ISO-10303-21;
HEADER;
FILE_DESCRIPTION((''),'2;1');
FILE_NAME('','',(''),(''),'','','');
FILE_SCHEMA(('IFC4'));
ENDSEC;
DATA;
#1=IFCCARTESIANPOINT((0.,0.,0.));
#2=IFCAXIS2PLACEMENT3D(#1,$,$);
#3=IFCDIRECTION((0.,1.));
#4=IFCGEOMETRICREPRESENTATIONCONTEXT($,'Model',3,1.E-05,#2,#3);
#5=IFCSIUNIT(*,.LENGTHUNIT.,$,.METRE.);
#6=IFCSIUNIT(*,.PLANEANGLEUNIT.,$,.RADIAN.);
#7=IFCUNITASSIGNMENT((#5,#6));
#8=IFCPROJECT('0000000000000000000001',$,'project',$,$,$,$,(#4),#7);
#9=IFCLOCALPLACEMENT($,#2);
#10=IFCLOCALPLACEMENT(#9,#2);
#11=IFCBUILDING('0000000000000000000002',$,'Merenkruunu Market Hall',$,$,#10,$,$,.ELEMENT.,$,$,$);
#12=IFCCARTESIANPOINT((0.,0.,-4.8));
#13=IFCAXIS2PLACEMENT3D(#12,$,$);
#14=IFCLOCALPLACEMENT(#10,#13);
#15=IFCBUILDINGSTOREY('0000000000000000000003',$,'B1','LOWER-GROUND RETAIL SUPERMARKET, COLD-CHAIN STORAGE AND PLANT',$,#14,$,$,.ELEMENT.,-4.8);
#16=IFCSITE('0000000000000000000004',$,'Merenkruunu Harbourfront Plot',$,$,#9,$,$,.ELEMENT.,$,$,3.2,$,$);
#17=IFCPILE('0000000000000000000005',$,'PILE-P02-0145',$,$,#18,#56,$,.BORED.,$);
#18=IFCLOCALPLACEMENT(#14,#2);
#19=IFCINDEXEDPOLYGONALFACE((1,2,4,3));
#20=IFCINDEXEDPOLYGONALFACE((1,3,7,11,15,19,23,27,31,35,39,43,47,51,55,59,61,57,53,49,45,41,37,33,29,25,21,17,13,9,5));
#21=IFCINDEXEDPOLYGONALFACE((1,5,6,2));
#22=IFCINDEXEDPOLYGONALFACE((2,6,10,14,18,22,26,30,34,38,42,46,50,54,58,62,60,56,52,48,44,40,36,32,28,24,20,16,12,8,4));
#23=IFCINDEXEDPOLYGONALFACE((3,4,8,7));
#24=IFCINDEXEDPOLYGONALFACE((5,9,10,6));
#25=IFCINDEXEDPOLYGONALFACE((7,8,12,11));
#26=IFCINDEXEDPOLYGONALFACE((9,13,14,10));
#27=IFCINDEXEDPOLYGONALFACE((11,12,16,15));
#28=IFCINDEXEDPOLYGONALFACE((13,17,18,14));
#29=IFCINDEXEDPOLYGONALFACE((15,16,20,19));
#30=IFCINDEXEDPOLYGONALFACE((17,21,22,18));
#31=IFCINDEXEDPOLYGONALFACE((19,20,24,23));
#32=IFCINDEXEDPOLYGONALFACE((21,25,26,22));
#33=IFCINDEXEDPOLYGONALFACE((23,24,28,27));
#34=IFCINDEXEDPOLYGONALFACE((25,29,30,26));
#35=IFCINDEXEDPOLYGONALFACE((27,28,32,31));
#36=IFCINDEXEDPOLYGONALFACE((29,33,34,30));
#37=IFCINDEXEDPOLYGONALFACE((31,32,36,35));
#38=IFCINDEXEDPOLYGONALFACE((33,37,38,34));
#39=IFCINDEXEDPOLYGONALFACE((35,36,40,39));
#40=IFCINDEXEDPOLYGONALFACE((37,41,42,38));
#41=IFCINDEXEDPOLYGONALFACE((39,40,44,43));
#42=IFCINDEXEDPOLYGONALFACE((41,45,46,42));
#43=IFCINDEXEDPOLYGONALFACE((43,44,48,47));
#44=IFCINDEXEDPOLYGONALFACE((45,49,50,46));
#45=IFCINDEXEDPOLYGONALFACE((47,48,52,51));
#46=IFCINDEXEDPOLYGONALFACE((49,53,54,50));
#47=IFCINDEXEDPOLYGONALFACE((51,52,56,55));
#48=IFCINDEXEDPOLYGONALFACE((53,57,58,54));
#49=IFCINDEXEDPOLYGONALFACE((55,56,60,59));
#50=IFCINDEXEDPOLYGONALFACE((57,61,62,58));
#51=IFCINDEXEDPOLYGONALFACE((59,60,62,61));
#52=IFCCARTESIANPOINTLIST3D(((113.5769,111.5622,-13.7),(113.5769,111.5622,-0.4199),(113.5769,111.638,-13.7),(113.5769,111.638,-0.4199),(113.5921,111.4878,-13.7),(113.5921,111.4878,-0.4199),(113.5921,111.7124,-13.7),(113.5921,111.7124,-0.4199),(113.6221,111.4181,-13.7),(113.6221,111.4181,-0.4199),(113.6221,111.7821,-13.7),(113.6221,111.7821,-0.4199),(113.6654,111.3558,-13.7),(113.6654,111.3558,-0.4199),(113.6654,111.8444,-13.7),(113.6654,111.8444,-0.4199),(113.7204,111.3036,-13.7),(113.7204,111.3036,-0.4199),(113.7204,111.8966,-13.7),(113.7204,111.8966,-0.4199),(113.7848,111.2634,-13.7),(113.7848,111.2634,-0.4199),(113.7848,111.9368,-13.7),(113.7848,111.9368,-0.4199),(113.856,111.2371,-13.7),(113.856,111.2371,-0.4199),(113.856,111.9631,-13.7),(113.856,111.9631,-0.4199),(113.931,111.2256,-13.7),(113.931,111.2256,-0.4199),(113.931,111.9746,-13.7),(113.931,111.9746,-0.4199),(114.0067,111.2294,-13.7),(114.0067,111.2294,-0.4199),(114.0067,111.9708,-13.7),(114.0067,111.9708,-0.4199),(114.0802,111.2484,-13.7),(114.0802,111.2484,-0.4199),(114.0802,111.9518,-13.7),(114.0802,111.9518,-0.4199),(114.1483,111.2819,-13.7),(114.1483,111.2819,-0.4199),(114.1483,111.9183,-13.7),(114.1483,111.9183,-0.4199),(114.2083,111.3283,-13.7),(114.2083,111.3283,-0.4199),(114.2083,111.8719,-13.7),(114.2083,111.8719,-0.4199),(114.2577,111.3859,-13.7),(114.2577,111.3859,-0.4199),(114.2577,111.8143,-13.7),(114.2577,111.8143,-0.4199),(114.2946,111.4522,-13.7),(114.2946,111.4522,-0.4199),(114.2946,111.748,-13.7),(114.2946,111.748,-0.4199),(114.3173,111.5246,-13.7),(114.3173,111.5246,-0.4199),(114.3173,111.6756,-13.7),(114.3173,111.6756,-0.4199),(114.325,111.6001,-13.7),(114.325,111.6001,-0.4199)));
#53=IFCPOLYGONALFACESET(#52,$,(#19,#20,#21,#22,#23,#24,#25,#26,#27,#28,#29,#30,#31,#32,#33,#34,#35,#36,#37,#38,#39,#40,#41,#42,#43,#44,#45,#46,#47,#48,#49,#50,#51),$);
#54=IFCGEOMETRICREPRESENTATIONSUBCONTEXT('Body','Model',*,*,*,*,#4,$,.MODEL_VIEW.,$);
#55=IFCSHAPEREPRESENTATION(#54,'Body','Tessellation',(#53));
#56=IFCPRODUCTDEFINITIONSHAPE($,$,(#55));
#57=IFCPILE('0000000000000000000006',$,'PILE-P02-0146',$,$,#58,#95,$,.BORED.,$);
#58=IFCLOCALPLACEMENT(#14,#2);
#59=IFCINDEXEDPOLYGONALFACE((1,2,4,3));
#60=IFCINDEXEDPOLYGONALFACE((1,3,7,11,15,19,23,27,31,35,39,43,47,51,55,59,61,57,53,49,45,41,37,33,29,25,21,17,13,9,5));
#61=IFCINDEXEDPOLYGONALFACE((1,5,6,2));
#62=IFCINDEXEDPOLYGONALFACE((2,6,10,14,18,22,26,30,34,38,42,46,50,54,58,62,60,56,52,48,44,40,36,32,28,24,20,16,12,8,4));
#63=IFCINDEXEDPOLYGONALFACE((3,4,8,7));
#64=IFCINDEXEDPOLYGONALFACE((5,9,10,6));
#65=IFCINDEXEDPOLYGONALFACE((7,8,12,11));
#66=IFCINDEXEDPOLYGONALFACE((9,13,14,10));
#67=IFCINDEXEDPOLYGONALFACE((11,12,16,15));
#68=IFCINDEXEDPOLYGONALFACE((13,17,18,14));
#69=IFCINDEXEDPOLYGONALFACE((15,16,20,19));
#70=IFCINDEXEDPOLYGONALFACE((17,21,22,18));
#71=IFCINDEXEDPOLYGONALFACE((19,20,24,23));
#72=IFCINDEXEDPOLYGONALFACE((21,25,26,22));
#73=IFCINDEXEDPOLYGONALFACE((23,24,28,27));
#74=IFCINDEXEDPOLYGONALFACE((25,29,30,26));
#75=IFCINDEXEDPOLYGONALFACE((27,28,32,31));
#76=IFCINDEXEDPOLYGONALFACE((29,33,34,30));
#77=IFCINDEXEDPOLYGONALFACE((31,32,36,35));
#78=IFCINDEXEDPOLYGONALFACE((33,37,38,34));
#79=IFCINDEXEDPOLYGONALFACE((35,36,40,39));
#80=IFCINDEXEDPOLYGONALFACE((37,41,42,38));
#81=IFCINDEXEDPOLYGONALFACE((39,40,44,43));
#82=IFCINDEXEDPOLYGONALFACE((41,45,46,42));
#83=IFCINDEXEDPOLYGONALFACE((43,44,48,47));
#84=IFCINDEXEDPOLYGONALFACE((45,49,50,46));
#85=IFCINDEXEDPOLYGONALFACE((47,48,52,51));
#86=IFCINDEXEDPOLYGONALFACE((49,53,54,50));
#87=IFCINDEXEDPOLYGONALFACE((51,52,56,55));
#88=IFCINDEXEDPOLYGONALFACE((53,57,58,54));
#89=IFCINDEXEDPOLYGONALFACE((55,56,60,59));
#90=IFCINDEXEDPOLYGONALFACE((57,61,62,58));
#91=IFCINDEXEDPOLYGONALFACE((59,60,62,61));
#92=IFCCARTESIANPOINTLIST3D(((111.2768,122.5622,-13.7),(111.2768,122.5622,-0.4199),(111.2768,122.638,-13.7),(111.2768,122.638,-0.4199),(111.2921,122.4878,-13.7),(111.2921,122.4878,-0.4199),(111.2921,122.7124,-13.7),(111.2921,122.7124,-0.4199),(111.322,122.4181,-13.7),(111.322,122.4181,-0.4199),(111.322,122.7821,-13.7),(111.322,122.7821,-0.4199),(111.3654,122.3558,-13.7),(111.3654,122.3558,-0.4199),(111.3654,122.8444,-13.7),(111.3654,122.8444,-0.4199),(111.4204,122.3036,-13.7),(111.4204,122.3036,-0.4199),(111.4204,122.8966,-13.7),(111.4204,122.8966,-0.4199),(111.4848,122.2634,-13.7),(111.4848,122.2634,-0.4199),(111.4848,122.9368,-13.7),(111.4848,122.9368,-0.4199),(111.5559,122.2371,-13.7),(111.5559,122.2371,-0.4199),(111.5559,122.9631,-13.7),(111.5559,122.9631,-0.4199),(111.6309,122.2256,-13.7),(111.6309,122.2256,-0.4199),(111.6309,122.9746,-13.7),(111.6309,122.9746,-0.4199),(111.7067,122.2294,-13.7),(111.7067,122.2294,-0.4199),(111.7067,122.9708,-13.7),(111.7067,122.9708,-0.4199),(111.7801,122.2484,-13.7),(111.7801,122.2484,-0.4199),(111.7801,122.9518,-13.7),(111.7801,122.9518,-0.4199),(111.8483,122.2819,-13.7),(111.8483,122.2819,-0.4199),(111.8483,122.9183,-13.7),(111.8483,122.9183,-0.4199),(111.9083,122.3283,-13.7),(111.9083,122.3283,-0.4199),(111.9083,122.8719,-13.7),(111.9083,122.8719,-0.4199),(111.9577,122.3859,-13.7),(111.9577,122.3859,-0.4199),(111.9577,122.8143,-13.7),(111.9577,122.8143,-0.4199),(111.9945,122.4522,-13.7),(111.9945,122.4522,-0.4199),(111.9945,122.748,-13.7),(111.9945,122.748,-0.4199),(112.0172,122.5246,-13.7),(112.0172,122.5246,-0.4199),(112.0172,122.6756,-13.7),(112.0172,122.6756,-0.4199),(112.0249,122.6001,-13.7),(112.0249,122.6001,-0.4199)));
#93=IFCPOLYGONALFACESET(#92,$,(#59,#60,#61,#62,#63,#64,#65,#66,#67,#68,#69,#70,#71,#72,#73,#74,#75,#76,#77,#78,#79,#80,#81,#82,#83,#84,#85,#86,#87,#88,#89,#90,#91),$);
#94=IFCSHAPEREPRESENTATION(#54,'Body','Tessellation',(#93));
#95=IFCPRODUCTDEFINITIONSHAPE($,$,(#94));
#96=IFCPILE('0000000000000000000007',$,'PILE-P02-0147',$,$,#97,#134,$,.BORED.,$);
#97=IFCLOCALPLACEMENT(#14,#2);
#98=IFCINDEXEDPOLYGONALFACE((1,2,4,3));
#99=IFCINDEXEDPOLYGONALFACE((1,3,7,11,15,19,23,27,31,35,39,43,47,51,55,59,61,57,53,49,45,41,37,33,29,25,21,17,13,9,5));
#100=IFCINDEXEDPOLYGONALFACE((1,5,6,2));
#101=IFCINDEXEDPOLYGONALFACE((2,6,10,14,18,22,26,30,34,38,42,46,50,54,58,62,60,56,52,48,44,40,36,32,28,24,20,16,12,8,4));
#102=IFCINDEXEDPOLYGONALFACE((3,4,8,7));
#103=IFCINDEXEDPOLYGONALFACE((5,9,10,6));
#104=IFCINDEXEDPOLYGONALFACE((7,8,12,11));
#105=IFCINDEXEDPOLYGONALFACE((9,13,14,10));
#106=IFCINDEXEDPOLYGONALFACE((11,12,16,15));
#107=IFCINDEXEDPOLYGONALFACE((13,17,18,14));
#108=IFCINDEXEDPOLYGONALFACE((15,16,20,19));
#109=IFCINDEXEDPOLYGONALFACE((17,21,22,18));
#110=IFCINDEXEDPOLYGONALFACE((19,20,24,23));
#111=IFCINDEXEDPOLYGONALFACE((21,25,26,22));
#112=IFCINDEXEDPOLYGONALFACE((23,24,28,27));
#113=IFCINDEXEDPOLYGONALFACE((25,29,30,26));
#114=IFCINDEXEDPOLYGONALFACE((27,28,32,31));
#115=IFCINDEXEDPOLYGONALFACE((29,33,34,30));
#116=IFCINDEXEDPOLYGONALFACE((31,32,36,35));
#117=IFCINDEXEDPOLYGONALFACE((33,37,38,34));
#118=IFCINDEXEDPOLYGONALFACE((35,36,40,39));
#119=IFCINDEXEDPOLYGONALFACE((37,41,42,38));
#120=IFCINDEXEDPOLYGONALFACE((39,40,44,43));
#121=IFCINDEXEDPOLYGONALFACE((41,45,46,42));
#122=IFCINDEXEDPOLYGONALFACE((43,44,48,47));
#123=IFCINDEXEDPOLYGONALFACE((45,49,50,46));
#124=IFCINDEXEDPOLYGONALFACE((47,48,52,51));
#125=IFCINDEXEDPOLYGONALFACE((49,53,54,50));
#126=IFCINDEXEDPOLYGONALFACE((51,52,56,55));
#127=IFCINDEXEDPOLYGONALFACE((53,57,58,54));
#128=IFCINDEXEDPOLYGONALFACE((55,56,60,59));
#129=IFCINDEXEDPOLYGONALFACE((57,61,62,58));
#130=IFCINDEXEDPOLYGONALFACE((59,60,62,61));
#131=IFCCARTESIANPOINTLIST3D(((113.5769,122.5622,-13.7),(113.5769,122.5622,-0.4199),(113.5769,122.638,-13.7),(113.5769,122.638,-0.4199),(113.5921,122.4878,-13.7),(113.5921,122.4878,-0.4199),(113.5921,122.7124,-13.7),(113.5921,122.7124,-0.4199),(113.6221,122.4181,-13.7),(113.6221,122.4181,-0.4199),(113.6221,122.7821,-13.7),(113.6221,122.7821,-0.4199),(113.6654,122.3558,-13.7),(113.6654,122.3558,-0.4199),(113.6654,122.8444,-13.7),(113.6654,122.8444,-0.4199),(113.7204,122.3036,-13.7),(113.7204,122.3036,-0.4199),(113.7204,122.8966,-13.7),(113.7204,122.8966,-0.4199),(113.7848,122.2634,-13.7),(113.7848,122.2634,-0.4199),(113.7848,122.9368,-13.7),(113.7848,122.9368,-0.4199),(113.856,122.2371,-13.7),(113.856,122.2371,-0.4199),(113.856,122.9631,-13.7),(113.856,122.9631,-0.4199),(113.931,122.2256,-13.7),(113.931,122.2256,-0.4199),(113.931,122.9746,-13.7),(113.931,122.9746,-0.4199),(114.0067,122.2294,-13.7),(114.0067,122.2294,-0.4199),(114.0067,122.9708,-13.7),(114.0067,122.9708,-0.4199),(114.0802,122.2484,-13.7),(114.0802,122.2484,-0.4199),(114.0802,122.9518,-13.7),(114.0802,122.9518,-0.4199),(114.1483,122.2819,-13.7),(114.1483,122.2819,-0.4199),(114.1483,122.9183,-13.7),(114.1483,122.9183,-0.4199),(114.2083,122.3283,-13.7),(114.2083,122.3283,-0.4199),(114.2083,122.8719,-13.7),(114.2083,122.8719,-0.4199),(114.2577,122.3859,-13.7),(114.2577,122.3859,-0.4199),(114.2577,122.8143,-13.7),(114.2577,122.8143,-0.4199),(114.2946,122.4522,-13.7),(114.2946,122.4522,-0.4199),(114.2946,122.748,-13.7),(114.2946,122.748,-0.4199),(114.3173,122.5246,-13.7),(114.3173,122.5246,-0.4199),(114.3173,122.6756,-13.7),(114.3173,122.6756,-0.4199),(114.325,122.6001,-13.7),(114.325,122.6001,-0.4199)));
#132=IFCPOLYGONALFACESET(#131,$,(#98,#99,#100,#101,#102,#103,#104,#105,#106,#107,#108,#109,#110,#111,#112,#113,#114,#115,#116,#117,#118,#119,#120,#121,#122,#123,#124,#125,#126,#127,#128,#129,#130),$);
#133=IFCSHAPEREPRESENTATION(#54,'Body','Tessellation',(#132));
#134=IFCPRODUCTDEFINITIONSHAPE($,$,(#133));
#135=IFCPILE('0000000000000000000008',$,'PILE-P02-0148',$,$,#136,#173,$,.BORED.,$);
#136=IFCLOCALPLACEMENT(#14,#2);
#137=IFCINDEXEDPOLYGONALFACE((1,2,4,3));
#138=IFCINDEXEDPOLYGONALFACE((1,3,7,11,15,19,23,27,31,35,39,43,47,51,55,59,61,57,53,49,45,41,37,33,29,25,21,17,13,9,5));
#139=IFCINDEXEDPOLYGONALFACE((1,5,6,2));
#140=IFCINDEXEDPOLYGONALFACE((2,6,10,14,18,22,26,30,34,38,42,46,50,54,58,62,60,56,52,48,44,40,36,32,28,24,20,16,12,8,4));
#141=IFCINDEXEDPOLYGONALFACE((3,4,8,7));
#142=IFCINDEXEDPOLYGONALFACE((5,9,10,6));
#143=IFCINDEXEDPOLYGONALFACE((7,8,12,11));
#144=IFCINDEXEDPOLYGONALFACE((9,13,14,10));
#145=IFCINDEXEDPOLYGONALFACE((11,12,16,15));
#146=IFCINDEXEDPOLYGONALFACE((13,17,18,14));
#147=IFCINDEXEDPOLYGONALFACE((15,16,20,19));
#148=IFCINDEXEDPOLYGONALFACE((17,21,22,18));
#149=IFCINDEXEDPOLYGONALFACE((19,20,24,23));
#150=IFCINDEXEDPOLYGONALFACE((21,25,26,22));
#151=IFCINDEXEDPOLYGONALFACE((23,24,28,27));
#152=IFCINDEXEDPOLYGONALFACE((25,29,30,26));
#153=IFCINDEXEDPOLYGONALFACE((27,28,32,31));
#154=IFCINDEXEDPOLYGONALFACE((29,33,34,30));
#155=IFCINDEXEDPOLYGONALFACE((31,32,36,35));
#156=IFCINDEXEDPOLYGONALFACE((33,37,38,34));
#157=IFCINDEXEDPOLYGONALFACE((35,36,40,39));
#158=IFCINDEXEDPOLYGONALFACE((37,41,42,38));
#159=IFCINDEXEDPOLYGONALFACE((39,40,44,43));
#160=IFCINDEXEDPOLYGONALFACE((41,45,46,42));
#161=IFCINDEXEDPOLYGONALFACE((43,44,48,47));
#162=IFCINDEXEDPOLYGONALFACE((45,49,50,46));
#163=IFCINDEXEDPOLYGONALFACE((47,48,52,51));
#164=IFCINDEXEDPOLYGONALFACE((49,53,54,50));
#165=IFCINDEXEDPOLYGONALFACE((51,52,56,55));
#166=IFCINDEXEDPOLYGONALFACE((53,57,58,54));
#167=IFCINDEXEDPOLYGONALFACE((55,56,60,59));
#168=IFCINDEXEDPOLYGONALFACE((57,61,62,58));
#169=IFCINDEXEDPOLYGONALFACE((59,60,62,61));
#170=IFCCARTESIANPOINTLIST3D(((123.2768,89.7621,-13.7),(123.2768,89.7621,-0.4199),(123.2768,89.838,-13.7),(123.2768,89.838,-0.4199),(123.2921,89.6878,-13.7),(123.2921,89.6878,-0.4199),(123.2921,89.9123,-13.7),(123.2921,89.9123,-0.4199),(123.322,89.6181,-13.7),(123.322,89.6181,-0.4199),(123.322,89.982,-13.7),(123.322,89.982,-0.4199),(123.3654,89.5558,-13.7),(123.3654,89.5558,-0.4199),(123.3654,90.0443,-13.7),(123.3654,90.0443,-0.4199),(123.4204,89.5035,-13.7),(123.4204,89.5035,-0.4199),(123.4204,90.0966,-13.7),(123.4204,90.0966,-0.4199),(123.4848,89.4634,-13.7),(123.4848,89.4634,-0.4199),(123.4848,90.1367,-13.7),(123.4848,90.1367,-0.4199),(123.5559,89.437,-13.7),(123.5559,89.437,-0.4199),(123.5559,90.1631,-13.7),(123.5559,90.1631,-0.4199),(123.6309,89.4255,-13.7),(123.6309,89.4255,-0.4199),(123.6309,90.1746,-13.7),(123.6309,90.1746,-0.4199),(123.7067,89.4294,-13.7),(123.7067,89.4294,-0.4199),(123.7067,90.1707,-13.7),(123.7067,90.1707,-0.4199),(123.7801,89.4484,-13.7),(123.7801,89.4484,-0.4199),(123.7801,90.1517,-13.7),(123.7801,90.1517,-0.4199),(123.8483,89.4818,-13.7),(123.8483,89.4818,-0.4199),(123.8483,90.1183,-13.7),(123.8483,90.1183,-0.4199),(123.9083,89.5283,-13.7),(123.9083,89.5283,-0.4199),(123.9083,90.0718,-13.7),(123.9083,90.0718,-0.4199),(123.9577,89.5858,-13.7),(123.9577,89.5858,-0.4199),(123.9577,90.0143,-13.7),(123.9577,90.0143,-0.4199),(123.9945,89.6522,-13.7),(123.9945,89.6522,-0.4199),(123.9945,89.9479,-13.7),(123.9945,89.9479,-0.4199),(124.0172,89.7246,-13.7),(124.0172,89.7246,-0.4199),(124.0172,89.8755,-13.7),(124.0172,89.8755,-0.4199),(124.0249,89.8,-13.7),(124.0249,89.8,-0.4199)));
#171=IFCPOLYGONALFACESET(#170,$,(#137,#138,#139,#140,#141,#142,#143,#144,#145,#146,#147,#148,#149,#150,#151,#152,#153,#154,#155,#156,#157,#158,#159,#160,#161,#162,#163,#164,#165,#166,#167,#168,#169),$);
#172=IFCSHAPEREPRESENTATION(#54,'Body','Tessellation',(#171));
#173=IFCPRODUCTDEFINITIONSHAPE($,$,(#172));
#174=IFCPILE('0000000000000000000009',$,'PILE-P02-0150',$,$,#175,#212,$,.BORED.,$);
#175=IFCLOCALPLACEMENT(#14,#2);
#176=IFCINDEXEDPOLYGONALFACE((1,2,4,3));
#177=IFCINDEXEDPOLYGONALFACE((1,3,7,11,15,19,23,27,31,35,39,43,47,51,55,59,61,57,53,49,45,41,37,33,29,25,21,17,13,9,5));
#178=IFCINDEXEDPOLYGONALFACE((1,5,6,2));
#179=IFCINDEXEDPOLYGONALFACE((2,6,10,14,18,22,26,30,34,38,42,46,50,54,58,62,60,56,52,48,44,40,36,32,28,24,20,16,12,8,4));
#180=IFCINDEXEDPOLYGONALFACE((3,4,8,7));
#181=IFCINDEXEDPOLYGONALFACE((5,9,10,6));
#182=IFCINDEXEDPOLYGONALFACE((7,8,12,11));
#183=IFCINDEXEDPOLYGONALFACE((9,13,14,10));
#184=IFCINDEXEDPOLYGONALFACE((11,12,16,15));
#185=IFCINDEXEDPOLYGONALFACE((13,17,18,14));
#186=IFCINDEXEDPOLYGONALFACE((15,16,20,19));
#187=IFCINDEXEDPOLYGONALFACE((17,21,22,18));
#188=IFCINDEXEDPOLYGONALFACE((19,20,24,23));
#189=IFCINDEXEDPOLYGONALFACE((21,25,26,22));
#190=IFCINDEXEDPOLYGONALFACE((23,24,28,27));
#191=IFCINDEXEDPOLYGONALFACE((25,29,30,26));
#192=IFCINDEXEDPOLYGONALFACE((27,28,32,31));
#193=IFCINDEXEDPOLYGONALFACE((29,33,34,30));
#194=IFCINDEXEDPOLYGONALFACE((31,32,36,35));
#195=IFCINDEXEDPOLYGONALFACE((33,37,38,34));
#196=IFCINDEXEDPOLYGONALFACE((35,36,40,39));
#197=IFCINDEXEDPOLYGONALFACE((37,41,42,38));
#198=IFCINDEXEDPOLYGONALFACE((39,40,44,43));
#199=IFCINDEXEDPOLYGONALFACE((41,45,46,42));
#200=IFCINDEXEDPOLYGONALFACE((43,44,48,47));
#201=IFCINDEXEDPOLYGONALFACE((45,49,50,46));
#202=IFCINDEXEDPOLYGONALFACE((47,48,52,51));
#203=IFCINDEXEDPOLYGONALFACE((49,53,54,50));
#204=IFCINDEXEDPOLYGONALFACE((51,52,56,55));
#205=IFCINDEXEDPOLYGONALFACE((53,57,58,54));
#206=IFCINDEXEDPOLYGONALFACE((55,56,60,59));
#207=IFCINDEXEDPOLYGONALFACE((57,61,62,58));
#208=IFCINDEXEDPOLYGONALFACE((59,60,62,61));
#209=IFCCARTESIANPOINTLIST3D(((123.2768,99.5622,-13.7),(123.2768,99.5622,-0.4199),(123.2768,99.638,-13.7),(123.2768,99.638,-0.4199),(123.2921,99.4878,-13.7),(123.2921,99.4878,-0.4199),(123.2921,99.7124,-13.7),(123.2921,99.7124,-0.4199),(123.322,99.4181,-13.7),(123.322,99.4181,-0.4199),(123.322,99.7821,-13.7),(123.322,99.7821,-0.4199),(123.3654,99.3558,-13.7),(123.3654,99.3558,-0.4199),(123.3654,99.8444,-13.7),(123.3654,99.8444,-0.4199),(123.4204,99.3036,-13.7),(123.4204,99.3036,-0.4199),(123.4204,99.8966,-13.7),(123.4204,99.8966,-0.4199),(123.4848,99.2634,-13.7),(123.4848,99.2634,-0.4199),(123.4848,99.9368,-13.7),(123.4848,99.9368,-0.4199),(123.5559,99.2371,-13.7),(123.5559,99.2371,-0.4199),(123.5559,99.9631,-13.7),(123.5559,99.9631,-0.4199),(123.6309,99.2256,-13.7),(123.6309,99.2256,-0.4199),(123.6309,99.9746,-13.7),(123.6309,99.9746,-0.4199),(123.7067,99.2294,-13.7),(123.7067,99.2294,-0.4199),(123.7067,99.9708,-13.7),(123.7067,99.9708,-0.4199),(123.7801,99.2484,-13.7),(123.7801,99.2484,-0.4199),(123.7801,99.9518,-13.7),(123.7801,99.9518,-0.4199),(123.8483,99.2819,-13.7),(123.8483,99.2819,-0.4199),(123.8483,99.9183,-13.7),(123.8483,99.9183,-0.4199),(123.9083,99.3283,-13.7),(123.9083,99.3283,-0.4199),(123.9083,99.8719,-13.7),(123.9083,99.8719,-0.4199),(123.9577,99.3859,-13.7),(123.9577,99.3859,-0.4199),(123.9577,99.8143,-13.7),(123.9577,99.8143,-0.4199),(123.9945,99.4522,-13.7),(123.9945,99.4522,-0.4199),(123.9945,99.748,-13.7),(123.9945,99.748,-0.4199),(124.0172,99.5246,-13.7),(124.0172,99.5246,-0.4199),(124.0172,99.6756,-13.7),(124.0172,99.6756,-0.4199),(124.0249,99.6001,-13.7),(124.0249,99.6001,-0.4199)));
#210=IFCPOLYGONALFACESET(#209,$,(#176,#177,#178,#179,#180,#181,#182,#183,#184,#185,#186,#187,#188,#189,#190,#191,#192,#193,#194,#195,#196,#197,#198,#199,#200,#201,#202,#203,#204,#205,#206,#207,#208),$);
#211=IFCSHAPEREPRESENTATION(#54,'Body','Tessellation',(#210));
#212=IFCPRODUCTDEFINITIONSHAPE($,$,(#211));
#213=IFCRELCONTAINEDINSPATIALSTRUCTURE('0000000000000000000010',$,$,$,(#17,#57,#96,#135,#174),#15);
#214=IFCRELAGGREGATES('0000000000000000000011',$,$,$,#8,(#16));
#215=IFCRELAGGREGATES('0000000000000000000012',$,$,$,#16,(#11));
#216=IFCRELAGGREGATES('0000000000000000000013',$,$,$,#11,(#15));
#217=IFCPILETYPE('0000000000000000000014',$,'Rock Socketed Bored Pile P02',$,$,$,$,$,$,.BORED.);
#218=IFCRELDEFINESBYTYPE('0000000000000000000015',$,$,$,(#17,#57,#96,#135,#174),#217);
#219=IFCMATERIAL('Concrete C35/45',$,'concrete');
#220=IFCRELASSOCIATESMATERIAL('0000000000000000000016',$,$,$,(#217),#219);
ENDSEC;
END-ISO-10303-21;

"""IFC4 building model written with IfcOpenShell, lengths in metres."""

from ifc_helpers import new_model, si_unit, direction, frame, origin, origin_2d, place, context, subcontext, project, spatial, circle, extrude, material, material_profile, profile_set, type_object, element, save


model = new_model("IFC4")

# Units and contexts
model_context = context("Model", 3, precision=1e-05, world=origin(), true_north=direction((0.0, 1.0)))
body_context = subcontext(model_context, "Body", "Model", "MODEL_VIEW")
ifc_project = project(units=[si_unit("LENGTHUNIT", "METRE"), si_unit("PLANEANGLEUNIT", "RADIAN")], contexts=[model_context])

# Site, building, storey
site_placement = place(None, origin())
site = spatial("IfcSite", under=ifc_project, at=site_placement, Name="Merenkruunu Harbourfront Plot", CompositionType="ELEMENT", RefElevation=3.2)
building_placement = place(site_placement, origin())
building = spatial("IfcBuilding", under=site, at=building_placement, Name="Merenkruunu Market Hall", CompositionType="ELEMENT")
storey_placement = place(building_placement, frame((0.0, 0.0, -4.8)))
storey = spatial("IfcBuildingStorey", under=building, at=storey_placement, Name="B1", Description="LOWER-GROUND RETAIL SUPERMARKET, COLD-CHAIN STORAGE AND PLANT", CompositionType="ELEMENT", Elevation=-4.8)

# Piles
ifc_material_1 = material(Name="Concrete C35/45", Category="concrete")
ifc_material_profile_1 = material_profile(ifc_material_1, circle(Radius=0.375, at=origin_2d()), Name="BORED PILE 750")
ifc_profile_set_1 = profile_set([ifc_material_profile_1], Name="Concrete C35/45")
pile_type = type_object("IfcPileType", Name="Rock Socketed Bored Pile P02", PredefinedType="BORED", material=ifc_profile_set_1)
for number, where, z_axis, x_axis, name in (
    (1, (113.95, 111.6001, -0.4199), (0.0, 0.0, -1.0), (1.0, 0.0, 0.0), "PILE-P02-0145"),
    (2, (111.6499, 122.6001, -0.4199), (0.0, 0.0, -1.0), (1.0, 0.0, 0.0), "PILE-P02-0146"),
    (3, (113.95, 122.6001, -0.4199), (0.0, 0.0, -1.0), (1.0, 0.0, 0.0), "PILE-P02-0147"),
    (4, (123.6499, 89.8, -0.4199), (0.0, 0.0, -1.0), (1.0, 0.0, 0.0), "PILE-P02-0148"),
    (5, (123.6499, 99.6001, -0.4199), (0.0, 0.0, -1.0), (1.0, 0.0, 0.0), "PILE-P02-0150"),
):
    element("IfcPile", number, at=place(storey_placement, frame(where, z_axis=z_axis, x_axis=x_axis)), inside=storey, type_object=pile_type, Name=name, PredefinedType="BORED", context=body_context, shape_type="SweptSolid", body=[
        extrude(circle(Radius=0.375, at=origin_2d()), origin(), (0.0, 0.0, 1.0), 13.28),
    ])

save(model, "model.ifc")
